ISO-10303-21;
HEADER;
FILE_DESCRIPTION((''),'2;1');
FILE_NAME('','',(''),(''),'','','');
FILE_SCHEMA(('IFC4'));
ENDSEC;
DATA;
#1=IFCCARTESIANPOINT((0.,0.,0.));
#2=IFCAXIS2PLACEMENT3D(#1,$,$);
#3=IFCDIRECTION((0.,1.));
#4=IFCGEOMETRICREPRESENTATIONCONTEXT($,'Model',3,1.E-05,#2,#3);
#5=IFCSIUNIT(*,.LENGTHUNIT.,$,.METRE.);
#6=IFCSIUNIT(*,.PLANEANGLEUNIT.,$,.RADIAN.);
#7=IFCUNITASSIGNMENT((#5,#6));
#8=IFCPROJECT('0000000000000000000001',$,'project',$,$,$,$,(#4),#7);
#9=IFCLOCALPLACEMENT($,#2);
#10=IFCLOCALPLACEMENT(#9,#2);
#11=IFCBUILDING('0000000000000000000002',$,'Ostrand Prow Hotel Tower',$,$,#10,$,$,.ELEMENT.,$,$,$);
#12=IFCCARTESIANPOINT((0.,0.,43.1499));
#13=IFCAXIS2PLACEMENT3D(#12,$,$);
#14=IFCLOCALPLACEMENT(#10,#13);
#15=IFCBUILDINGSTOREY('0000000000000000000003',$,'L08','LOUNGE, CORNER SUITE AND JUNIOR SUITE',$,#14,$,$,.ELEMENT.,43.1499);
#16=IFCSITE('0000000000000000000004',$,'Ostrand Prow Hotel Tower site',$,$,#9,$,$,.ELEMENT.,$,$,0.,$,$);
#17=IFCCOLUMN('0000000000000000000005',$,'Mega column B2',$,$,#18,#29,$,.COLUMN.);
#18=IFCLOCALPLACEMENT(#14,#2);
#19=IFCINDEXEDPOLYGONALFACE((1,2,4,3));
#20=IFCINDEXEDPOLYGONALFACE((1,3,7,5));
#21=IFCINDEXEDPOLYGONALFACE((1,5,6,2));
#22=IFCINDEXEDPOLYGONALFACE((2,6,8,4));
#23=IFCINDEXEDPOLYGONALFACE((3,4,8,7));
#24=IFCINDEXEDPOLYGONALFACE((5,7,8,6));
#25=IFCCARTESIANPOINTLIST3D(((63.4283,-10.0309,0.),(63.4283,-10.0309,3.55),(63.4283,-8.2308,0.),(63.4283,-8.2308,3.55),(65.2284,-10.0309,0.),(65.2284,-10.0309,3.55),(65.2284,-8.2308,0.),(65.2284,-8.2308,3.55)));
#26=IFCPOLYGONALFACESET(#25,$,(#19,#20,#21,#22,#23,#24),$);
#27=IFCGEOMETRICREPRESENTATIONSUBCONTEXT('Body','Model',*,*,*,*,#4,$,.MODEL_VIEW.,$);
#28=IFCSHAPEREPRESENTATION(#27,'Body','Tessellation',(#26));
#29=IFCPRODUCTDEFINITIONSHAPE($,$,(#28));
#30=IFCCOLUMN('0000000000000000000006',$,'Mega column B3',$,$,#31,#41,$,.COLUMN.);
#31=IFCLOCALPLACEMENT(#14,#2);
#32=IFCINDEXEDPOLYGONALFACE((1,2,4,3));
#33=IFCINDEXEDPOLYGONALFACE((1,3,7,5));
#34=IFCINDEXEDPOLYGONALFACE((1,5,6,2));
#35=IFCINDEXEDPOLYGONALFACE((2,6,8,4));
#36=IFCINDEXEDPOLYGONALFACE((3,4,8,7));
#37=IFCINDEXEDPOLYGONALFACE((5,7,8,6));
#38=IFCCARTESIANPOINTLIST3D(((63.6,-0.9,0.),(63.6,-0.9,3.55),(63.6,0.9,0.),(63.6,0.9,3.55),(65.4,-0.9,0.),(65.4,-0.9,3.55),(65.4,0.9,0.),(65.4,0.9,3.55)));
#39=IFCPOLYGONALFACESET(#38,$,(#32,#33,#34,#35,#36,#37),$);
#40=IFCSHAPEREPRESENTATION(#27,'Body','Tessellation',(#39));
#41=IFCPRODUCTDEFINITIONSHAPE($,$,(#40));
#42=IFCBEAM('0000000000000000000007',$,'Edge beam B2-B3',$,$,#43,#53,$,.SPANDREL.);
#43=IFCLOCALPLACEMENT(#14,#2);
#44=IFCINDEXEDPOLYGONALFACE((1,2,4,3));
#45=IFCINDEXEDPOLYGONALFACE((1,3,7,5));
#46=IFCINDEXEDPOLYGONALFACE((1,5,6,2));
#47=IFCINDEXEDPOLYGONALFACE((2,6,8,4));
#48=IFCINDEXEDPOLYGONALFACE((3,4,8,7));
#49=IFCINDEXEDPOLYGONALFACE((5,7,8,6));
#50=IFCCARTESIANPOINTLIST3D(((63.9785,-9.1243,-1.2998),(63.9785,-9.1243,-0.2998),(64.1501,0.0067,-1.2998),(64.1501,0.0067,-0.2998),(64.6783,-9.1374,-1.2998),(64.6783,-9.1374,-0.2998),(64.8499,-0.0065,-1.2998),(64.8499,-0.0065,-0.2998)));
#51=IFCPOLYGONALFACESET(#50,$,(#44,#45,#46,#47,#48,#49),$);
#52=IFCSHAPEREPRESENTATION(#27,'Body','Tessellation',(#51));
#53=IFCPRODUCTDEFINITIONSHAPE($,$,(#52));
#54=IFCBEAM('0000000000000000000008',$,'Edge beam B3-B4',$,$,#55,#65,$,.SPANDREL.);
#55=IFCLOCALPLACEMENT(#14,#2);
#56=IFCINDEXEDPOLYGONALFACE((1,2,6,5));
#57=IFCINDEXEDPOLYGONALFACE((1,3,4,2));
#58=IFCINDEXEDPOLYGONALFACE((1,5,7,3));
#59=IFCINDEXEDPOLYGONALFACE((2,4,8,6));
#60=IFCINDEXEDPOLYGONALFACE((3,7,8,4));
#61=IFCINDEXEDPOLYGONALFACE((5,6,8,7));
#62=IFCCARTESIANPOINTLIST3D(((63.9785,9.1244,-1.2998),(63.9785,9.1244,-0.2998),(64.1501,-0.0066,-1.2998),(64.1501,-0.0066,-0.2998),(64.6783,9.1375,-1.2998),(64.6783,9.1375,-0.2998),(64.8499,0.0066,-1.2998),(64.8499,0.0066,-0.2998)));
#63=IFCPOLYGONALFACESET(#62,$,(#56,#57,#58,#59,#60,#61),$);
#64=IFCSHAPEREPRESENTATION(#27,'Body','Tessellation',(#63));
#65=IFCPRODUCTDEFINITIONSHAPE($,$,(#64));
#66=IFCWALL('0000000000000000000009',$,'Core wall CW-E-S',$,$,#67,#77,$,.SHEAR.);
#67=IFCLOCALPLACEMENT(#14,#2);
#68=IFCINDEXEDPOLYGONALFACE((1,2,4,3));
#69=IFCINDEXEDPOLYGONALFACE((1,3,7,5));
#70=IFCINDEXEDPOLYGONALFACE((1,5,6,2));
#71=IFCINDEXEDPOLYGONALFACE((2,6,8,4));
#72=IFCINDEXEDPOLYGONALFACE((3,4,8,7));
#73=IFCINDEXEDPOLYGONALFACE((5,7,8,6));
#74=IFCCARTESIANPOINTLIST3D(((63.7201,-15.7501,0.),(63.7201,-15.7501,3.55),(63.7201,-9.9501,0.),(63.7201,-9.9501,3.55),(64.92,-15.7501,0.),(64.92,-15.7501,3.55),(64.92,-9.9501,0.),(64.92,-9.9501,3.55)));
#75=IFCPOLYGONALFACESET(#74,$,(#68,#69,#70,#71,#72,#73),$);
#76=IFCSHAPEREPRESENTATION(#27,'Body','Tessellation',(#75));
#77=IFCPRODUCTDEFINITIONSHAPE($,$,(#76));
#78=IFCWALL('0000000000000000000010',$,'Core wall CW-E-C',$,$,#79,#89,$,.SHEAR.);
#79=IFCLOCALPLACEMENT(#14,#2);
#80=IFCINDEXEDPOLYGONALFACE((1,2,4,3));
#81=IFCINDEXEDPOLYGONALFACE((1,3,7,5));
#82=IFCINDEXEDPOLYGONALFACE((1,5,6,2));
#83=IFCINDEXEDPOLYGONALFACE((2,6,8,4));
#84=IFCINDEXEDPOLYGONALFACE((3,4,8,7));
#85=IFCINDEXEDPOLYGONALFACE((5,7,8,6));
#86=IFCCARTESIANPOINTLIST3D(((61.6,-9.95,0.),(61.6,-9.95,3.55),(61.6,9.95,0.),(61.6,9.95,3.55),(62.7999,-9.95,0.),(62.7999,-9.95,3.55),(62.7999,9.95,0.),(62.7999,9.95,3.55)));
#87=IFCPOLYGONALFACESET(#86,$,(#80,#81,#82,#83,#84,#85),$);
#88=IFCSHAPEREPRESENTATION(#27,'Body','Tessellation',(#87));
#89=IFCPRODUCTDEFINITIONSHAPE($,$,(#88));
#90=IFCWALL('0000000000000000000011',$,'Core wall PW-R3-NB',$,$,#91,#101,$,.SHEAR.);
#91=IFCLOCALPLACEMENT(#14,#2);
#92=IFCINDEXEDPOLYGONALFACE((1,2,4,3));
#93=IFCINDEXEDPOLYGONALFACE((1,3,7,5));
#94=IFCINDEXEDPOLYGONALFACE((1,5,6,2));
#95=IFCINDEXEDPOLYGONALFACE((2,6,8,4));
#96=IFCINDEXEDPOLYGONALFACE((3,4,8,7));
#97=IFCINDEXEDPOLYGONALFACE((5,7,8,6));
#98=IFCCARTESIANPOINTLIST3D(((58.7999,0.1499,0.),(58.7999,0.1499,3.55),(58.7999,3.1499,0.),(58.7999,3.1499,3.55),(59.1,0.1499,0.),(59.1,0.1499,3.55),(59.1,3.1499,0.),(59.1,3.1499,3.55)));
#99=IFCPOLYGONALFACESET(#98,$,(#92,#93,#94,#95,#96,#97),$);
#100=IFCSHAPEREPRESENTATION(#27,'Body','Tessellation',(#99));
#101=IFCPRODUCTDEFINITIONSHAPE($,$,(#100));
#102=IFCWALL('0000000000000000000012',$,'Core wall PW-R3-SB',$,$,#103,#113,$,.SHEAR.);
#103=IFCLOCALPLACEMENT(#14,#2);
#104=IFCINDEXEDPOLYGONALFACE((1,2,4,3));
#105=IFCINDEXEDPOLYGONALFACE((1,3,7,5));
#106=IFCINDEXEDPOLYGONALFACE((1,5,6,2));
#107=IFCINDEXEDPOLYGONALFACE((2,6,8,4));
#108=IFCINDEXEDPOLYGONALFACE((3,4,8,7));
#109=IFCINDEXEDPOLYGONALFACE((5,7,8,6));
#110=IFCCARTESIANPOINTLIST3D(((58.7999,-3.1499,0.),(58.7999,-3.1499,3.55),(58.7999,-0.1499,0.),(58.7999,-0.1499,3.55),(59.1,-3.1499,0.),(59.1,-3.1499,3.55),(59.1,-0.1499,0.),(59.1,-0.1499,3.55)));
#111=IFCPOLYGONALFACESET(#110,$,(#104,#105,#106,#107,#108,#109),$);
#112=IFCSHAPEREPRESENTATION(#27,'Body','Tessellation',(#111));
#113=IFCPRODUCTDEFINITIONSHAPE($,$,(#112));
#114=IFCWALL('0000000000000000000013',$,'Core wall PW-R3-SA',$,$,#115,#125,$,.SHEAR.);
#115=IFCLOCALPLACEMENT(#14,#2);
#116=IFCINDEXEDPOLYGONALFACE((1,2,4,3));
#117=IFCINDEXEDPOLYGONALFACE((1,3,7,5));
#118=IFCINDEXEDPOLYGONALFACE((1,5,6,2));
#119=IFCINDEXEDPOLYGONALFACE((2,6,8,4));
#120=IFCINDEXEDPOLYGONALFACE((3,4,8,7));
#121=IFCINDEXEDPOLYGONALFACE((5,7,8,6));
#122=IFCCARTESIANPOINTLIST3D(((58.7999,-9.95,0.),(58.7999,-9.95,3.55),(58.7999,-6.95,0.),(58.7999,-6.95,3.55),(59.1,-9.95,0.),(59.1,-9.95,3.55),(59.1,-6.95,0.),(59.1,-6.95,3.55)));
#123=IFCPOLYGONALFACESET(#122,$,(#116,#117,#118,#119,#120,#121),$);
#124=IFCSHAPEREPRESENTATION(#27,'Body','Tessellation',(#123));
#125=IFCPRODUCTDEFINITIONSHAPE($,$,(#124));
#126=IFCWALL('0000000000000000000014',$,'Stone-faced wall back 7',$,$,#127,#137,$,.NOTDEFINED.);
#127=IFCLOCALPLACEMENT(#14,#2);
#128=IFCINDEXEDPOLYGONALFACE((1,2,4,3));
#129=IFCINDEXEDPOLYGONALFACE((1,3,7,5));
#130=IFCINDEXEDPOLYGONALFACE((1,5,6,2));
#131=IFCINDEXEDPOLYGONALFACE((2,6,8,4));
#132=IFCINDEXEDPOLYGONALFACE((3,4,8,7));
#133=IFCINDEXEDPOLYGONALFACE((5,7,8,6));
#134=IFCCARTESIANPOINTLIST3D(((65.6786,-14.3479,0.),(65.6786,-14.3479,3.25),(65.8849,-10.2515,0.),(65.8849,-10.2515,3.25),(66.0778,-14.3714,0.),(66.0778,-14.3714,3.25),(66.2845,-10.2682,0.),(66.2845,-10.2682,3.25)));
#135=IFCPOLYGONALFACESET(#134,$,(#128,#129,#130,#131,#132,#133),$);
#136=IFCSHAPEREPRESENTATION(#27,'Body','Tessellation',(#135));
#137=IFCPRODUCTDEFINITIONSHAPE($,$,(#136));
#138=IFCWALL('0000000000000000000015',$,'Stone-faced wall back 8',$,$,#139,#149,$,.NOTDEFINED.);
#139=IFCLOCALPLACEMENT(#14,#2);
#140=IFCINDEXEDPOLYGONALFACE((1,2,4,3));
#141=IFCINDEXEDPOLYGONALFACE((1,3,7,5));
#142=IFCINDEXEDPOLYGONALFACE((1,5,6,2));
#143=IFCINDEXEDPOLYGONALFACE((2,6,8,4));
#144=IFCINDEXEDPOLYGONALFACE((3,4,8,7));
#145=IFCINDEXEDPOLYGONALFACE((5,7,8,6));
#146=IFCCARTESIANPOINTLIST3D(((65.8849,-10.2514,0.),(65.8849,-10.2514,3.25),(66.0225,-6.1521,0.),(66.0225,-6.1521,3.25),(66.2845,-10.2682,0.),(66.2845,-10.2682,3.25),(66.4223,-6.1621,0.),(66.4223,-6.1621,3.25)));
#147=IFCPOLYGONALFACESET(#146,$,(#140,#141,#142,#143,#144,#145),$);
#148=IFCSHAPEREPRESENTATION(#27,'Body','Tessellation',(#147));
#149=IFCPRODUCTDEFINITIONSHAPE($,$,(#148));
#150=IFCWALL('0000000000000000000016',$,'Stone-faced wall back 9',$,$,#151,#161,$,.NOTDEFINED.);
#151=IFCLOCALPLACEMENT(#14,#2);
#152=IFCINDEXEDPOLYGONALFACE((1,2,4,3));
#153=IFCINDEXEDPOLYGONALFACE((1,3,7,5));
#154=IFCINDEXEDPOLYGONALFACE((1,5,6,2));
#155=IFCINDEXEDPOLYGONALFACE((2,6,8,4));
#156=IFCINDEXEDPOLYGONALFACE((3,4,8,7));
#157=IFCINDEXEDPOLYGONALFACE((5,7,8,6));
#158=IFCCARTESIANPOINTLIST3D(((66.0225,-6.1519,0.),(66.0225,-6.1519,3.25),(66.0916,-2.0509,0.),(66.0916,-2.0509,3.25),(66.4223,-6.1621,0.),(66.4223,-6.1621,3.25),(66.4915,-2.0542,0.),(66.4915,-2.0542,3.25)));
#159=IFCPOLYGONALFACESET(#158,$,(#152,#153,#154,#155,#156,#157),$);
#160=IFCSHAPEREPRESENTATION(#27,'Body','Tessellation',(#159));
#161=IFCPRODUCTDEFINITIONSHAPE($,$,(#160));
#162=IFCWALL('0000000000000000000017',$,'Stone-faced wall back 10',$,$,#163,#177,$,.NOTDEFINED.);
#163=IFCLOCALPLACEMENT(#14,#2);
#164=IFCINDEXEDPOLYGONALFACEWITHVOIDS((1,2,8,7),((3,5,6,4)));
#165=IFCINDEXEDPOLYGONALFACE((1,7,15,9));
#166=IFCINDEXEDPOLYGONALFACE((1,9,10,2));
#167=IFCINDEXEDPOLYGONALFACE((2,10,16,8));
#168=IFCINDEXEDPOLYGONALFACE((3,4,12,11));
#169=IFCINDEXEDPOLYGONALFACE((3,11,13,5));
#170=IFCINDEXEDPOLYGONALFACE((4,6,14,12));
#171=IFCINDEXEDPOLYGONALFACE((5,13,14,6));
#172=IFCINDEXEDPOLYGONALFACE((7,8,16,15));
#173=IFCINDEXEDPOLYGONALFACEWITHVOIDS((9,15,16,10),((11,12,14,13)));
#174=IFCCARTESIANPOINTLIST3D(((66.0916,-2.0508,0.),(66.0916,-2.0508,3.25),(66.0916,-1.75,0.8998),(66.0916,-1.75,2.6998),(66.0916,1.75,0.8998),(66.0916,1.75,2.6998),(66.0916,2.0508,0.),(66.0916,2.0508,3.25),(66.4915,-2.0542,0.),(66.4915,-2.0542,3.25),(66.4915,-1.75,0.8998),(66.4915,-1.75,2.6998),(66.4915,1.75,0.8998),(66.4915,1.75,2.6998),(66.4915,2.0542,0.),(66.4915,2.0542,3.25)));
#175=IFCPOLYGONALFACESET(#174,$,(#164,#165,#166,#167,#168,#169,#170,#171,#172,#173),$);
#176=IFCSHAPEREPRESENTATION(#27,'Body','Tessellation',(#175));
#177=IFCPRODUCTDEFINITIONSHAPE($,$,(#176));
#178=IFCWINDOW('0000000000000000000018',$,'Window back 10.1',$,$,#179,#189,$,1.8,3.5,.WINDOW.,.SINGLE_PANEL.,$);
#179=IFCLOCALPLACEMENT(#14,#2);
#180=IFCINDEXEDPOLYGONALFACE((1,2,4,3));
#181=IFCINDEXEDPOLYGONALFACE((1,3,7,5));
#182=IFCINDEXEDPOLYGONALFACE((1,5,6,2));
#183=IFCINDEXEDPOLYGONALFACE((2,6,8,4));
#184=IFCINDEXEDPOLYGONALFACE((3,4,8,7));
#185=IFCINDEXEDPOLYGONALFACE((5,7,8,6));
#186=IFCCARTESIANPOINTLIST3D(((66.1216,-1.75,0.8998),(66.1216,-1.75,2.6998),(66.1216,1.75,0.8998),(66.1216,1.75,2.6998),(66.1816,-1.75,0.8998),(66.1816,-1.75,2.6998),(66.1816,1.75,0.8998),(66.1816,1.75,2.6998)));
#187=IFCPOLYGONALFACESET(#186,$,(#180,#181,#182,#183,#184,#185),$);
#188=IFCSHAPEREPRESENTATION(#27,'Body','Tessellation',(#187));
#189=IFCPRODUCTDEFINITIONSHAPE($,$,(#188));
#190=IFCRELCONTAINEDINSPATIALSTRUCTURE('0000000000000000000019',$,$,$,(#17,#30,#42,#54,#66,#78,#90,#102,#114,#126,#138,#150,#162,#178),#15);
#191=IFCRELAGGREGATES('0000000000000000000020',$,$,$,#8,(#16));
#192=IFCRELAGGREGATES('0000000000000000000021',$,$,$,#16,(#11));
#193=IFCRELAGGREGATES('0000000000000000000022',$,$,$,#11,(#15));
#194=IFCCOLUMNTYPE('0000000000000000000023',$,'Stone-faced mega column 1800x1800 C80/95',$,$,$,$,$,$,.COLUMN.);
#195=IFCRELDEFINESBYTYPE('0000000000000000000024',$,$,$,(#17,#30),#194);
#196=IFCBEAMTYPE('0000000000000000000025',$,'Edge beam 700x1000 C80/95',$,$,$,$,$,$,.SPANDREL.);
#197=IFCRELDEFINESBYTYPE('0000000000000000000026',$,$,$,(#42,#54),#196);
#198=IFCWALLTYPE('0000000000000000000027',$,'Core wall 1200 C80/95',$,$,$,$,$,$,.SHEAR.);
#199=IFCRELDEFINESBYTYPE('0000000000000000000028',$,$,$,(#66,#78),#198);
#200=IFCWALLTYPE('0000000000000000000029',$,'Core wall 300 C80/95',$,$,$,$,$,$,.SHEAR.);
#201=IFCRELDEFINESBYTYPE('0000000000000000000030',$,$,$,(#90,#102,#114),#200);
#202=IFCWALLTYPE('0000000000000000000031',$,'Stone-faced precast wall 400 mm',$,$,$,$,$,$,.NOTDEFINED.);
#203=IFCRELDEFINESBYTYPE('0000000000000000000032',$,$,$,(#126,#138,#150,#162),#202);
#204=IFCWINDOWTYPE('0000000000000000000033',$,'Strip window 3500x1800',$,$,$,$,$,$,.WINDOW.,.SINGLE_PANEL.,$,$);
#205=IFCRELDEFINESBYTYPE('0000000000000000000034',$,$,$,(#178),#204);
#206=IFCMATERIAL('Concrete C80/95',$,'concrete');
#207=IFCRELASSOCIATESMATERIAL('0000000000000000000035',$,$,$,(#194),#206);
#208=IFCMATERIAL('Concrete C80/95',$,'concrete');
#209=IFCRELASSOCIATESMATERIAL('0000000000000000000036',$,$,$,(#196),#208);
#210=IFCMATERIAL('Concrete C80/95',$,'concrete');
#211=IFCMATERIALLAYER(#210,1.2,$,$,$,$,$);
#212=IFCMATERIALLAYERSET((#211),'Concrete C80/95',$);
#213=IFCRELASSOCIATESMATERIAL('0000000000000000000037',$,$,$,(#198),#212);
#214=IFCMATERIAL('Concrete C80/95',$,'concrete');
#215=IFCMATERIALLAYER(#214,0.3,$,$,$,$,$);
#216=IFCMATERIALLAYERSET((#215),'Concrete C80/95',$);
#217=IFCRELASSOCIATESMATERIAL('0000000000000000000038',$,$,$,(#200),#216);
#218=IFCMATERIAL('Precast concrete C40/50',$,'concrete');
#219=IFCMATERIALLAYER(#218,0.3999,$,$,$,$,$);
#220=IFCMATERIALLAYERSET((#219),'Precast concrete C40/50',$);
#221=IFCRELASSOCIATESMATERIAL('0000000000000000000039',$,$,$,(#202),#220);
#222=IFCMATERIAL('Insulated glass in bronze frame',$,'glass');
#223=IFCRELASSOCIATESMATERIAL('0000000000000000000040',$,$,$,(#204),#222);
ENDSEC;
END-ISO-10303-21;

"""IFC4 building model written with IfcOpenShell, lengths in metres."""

from ifc_helpers import new_model, si_unit, direction, frame, frame_2d, origin, origin_2d, place, context, subcontext, project, spatial, polyline, rectangle, outline, extrude, material, layer, layer_set, material_profile, profile_set, type_object, element, fill, save


model = new_model("IFC4")

# Units and contexts
model_context = context("Model", 3, precision=1e-05, world=origin(), true_north=direction((0.0, 1.0)))
body_context = subcontext(model_context, "Body", "Model", "MODEL_VIEW")
ifc_project = project(units=[si_unit("LENGTHUNIT", "METRE"), si_unit("PLANEANGLEUNIT", "RADIAN")], contexts=[model_context])

# Site, building, storey
site_placement = place(None, origin())
site = spatial("IfcSite", under=ifc_project, at=site_placement, Name="Ostrand Prow Hotel Tower site", CompositionType="ELEMENT", RefElevation=0.0)
building_placement = place(site_placement, origin())
building = spatial("IfcBuilding", under=site, at=building_placement, Name="Ostrand Prow Hotel Tower", CompositionType="ELEMENT")
storey_placement = place(building_placement, frame((0.0, 0.0, 43.1499)))
storey = spatial("IfcBuildingStorey", under=building, at=storey_placement, Name="L08", Description="LOUNGE, CORNER SUITE AND JUNIOR SUITE", CompositionType="ELEMENT", Elevation=43.1499)

# Columns
ifc_material_1 = material(Name="Concrete C80/95", Category="concrete")
ifc_material_profile_1 = material_profile(ifc_material_1, rectangle(XDim=1.8, YDim=1.8, at=origin_2d()), Name="RC 1800x1800")
ifc_profile_set_1 = profile_set([ifc_material_profile_1], Name="Concrete C80/95")
column_type = type_object("IfcColumnType", Name="Stone-faced mega column 1800x1800 C80/95", PredefinedType="COLUMN", material=ifc_profile_set_1)
for number, where, z_axis, x_axis, name in (
    (1, (64.3284, -9.1309, 0.0), (0.0, 0.0, 1.0), (1.0, 0.0, 0.0), "Mega column B2"),
    (2, (64.5, 0.0, 0.0), (0.0, 0.0, 1.0), (1.0, 0.0, 0.0), "Mega column B3"),
):
    element("IfcColumn", number, at=place(storey_placement, frame(where, z_axis=z_axis, x_axis=x_axis)), inside=storey, type_object=column_type, Name=name, PredefinedType="COLUMN", context=body_context, shape_type="SweptSolid", body=[
        extrude(rectangle(XDim=1.8, YDim=1.8, at=origin_2d()), origin(), (0.0, 0.0, 1.0), 3.55),
    ])

# Beams
ifc_material_2 = material(Name="Concrete C80/95", Category="concrete")
ifc_material_profile_2 = material_profile(ifc_material_2, rectangle(XDim=0.7, YDim=1.0, at=origin_2d()), Name="RC 700x1000")
ifc_profile_set_2 = profile_set([ifc_material_profile_2], Name="Concrete C80/95")
beam_type = type_object("IfcBeamType", Name="Edge beam 700x1000 C80/95", PredefinedType="SPANDREL", material=ifc_profile_set_2)
for number, where, z_axis, x_axis, name in (
    (3, (64.3284, -9.1309, -0.7998), (0.018793, 0.999823, 0.0), (-0.999823, 0.018793, 0.0), "Edge beam B2-B3"),
    (4, (64.5, 0.0, -0.7998), (-0.018793, 0.999823, 0.0), (-0.999823, -0.018793, 0.0), "Edge beam B3-B4"),
):
    element("IfcBeam", number, at=place(storey_placement, frame(where, z_axis=z_axis, x_axis=x_axis)), inside=storey, type_object=beam_type, Name=name, PredefinedType="SPANDREL", context=body_context, shape_type="SweptSolid", body=[
        extrude(rectangle(XDim=0.7, YDim=1.0, at=origin_2d()), origin(), (0.0, 0.0, 1.0), 9.1326),
    ])

# Walls
ifc_material_3 = material(Name="Concrete C80/95", Category="concrete")
ifc_layer_1 = layer(ifc_material_3, 1.2)
ifc_layer_set_1 = layer_set([ifc_layer_1], Name="Concrete C80/95")
wall_type_1 = type_object("IfcWallType", Name="Core wall 1200 C80/95", PredefinedType="SHEAR", material=ifc_layer_set_1)
wall_1_placement = place(storey_placement, frame((64.3201, -15.75, 0.0), z_axis=(0.0, 0.0, 1.0), x_axis=(0.0, 1.0, 0.0)))
element("IfcWall", 5, at=wall_1_placement, inside=storey, type_object=wall_type_1, Name="Core wall CW-E-S", PredefinedType="SHEAR", context=body_context, shape_type="SweptSolid", body=[
    extrude(rectangle(XDim=5.8, YDim=1.2, at=frame_2d((2.8999, 0.0))), origin(), (0.0, 0.0, 1.0), 3.55),
])
wall_2_placement = place(storey_placement, frame((62.2, -9.95, 0.0), z_axis=(0.0, 0.0, 1.0), x_axis=(0.0, 1.0, 0.0)))
element("IfcWall", 6, at=wall_2_placement, inside=storey, type_object=wall_type_1, Name="Core wall CW-E-C", PredefinedType="SHEAR", context=body_context, shape_type="SweptSolid", body=[
    extrude(rectangle(XDim=19.8999, YDim=1.2, at=frame_2d((9.95, 0.0))), origin(), (0.0, 0.0, 1.0), 3.55),
])
ifc_material_4 = material(Name="Concrete C80/95", Category="concrete")
ifc_layer_2 = layer(ifc_material_4, 0.3)
ifc_layer_set_2 = layer_set([ifc_layer_2], Name="Concrete C80/95")
wall_type_2 = type_object("IfcWallType", Name="Core wall 300 C80/95", PredefinedType="SHEAR", material=ifc_layer_set_2)
for number, where, z_axis, x_axis, name in (
    (7, (58.95, 0.1499, 0.0), (0.0, 0.0, 1.0), (0.0, 1.0, 0.0), "Core wall PW-R3-NB"),
    (8, (58.95, -3.1499, 0.0), (0.0, 0.0, 1.0), (0.0, 1.0, 0.0), "Core wall PW-R3-SB"),
    (9, (58.95, -9.95, 0.0), (0.0, 0.0, 1.0), (0.0, 1.0, 0.0), "Core wall PW-R3-SA"),
):
    element("IfcWall", number, at=place(storey_placement, frame(where, z_axis=z_axis, x_axis=x_axis)), inside=storey, type_object=wall_type_2, Name=name, PredefinedType="SHEAR", context=body_context, shape_type="SweptSolid", body=[
        extrude(rectangle(XDim=3.0, YDim=0.3, at=frame_2d((1.5, 0.0))), origin(), (0.0, 0.0, 1.0), 3.55),
    ])
ifc_material_5 = material(Name="Precast concrete C40/50", Category="concrete")
ifc_layer_3 = layer(ifc_material_5, 0.3999)
ifc_layer_set_3 = layer_set([ifc_layer_3], Name="Precast concrete C40/50")
wall_type_3 = type_object("IfcWallType", Name="Stone-faced precast wall 400 mm", PredefinedType="NOTDEFINED", material=ifc_layer_set_3)
for number, where, z_axis, x_axis, name in (
    (10, (65.8782, -14.3596, 0.0), (0.0, 0.0, 1.0), (0.050314, 0.998733, 0.0), "Stone-faced wall back 7"),
    (11, (66.0847, -10.2598, 0.0), (0.0, 0.0, 1.0), (0.033543, 0.999437, 0.0), "Stone-faced wall back 8"),
    (12, (66.2224, -6.157, 0.0), (0.0, 0.0, 1.0), (0.016831, 0.999858, 0.0), "Stone-faced wall back 9"),
):
    element("IfcWall", number, at=place(storey_placement, frame(where, z_axis=z_axis, x_axis=x_axis)), inside=storey, type_object=wall_type_3, Name=name, PredefinedType="NOTDEFINED", context=body_context, shape_type="SweptSolid", body=[
        extrude(outline(polyline([(-0.0017, -0.2), (4.1067, -0.2), (4.1033, 0.2), (0.0017, 0.2), (-0.0017, -0.2)])), origin(), (0.0, 0.0, 1.0), 3.25),
    ])

# Wall, opening, window
wall_3_placement = place(storey_placement, frame((66.2915, -2.0525, 0.0), z_axis=(0.0, 0.0, 1.0), x_axis=(0.0, 1.0, 0.0)))
wall_3 = element("IfcWall", 13, at=wall_3_placement, inside=storey, type_object=wall_type_3, Name="Stone-faced wall back 10", PredefinedType="NOTDEFINED", context=body_context, shape_type="SweptSolid", body=[
    extrude(outline(polyline([(-0.0017, -0.2), (4.1067, -0.2), (4.1033, 0.2), (0.0017, 0.2), (-0.0017, -0.2)])), origin(), (0.0, 0.0, 1.0), 3.25),
])
opening_1_placement = place(wall_3_placement, frame((0.3025, 0.0, 0.8999)))
opening_1 = element("IfcOpeningElement", 14, at=opening_1_placement, cuts=wall_3, PredefinedType="OPENING", context=body_context, shape_type="SweptSolid", body=[
    extrude(rectangle(XDim=3.5, YDim=1.8, at=frame_2d((1.75, 0.8999))), frame((0.0, 0.21, 0.0), z_axis=(0.0, -1.0, 0.0), x_axis=(1.0, 0.0, 0.0)), (0.0, 0.0, 1.0), 0.4199),
])
ifc_material_6 = material(Name="Insulated glass in bronze frame", Category="glass")
window_type_1 = type_object("IfcWindowType", Name="Strip window 3500x1800", PartitioningType="SINGLE_PANEL", PredefinedType="WINDOW", material=ifc_material_6)
window_1_placement = place(opening_1_placement, origin())
window_1 = element("IfcWindow", 15, at=window_1_placement, inside=storey, type_object=window_type_1, Name="Window back 10.1", OverallHeight=1.8, OverallWidth=3.5, PartitioningType="SINGLE_PANEL", PredefinedType="WINDOW", context=body_context, shape_type="SweptSolid", body=[
    extrude(rectangle(XDim=3.5, YDim=1.8, at=frame_2d((1.75, 0.8999))), frame((0.0, 0.1699, 0.0), z_axis=(0.0, -1.0, 0.0), x_axis=(1.0, 0.0, 0.0)), (0.0, 0.0, 1.0), 0.0601),
])
fill(opening_1, window_1)

save(model, "model.ifc")
